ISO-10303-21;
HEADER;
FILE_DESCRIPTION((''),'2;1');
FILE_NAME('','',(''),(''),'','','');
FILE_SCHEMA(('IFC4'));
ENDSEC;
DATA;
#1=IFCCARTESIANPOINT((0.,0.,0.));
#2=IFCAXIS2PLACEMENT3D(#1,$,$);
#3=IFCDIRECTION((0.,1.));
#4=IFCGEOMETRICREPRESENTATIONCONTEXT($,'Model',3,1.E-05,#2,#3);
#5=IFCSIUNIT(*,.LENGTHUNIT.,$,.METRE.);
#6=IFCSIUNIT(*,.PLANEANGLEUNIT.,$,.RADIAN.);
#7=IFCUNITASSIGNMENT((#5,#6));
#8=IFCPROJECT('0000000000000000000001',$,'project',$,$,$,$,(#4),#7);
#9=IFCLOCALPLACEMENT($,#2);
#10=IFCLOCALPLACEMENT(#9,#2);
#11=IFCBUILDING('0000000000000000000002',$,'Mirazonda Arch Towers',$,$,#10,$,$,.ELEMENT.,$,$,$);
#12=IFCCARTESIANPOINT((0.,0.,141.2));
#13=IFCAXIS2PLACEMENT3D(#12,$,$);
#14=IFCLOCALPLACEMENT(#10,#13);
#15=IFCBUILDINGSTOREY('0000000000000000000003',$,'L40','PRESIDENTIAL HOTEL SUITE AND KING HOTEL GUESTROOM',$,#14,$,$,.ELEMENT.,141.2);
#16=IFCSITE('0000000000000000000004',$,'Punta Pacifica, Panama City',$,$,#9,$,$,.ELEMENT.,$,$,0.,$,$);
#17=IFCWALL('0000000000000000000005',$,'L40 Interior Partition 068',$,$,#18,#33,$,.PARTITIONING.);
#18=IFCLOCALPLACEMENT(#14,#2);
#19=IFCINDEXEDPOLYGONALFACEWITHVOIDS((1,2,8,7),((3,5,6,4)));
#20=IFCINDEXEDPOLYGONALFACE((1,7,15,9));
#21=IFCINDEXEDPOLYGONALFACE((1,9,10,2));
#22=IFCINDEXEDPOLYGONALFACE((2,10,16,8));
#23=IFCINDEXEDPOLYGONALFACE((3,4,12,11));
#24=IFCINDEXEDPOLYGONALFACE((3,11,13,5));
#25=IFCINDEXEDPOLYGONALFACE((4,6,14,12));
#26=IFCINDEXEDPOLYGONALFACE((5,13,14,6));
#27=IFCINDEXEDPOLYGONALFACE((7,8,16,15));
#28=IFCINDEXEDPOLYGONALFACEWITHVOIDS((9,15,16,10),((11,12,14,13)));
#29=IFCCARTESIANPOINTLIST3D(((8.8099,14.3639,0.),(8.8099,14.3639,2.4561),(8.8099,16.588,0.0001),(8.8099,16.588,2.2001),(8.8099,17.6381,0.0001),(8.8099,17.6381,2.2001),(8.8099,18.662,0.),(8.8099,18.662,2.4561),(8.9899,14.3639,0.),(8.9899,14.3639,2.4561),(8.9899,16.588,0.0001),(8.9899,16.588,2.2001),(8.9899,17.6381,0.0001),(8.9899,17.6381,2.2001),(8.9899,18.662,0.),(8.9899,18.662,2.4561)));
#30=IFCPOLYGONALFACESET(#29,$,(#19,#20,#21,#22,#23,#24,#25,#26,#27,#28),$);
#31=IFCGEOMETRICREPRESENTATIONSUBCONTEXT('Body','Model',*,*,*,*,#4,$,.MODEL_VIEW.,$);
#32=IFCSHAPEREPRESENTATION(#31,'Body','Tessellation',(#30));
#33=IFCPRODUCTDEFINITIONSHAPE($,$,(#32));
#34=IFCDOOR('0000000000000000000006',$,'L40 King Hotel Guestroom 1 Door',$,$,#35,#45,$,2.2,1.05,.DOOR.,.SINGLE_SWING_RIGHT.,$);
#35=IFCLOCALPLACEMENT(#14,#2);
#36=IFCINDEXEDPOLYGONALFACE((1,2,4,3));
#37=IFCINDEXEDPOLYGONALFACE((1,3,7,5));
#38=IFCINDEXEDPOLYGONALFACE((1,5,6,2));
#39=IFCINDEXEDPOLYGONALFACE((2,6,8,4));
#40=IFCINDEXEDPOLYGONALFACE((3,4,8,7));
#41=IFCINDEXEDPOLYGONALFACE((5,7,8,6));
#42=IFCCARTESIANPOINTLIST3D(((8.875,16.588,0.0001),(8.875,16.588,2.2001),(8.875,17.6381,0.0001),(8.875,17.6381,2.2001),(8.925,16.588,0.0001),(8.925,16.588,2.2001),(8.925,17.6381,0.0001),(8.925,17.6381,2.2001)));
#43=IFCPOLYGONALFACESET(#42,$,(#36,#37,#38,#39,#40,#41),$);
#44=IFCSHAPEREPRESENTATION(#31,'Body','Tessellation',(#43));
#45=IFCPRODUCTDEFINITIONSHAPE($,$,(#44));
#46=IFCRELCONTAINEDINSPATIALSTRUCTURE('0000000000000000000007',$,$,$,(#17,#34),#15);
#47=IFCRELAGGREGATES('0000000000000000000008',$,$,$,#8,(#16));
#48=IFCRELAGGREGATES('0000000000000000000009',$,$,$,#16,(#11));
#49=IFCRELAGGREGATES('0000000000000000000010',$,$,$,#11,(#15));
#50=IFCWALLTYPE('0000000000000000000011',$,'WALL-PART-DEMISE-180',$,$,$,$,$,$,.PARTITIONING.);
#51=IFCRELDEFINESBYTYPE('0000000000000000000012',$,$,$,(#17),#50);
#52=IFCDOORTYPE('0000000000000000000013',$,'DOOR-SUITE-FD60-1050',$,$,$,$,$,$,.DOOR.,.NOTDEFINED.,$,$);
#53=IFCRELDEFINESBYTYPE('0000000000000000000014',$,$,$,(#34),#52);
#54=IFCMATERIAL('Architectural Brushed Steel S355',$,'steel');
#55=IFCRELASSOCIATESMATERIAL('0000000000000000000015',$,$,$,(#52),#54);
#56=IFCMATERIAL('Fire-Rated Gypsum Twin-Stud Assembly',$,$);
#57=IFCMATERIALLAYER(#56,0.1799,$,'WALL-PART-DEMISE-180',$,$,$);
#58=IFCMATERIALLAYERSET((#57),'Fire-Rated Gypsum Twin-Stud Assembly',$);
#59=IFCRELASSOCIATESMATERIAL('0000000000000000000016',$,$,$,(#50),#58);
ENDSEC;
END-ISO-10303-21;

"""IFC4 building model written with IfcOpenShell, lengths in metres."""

from ifc_helpers import new_model, si_unit, direction, frame, frame_2d, origin, place, context, subcontext, project, spatial, rectangle, extrude, material, layer, layer_set, type_object, element, fill, save


model = new_model("IFC4")

# Units and contexts
model_context = context("Model", 3, precision=1e-05, world=origin(), true_north=direction((0.0, 1.0)))
body_context = subcontext(model_context, "Body", "Model", "MODEL_VIEW")
ifc_project = project(units=[si_unit("LENGTHUNIT", "METRE"), si_unit("PLANEANGLEUNIT", "RADIAN")], contexts=[model_context])

# Site, building, storey
site_placement = place(None, origin())
site = spatial("IfcSite", under=ifc_project, at=site_placement, Name="Punta Pacifica, Panama City", CompositionType="ELEMENT", RefElevation=0.0)
building_placement = place(site_placement, origin())
building = spatial("IfcBuilding", under=site, at=building_placement, Name="Mirazonda Arch Towers", CompositionType="ELEMENT")
storey_placement = place(building_placement, frame((0.0, 0.0, 141.2)))
storey = spatial("IfcBuildingStorey", under=building, at=storey_placement, Name="L40", Description="PRESIDENTIAL HOTEL SUITE AND KING HOTEL GUESTROOM", CompositionType="ELEMENT", Elevation=141.2)

# Shared definitions
ifc_material_1 = material(Name="Architectural Brushed Steel S355", Category="steel")
door_type_1 = type_object("IfcDoorType", Name="DOOR-SUITE-FD60-1050", OperationType="NOTDEFINED", PredefinedType="DOOR", material=ifc_material_1)

# Shared definitions
ifc_material_2 = material(Name="Fire-Rated Gypsum Twin-Stud Assembly")
ifc_layer_1 = layer(ifc_material_2, 0.1799, Name="WALL-PART-DEMISE-180")
ifc_layer_set_1 = layer_set([ifc_layer_1], Name="Fire-Rated Gypsum Twin-Stud Assembly")
wall_type_1 = type_object("IfcWallType", Name="WALL-PART-DEMISE-180", PredefinedType="PARTITIONING", material=ifc_layer_set_1)

# Wall, opening, door
wall_1_placement = place(storey_placement, frame((8.8999, 14.364, 0.0), z_axis=(0.0, 0.0, 1.0), x_axis=(0.0, 1.0, 0.0)))
wall_1 = element("IfcWall", 1, at=wall_1_placement, inside=storey, type_object=wall_type_1, Name="L40 Interior Partition 068", PredefinedType="PARTITIONING", context=body_context, shape_type="SweptSolid", body=[
    extrude(rectangle(XDim=4.2981, YDim=0.1799, at=frame_2d((2.1489, 0.0))), origin(), (0.0, 0.0, 1.0), 2.4561),
])
opening_1_placement = place(wall_1_placement, frame((2.2241, 0.0, 0.0)))
opening_1 = element("IfcOpeningElement", 2, at=opening_1_placement, cuts=wall_1, PredefinedType="OPENING", context=body_context, shape_type="SweptSolid", body=[
    extrude(rectangle(XDim=1.05, YDim=2.2, at=frame_2d((0.5249, 1.1001))), frame((0.0, 0.0999, 0.0), z_axis=(0.0, -1.0, 0.0), x_axis=(1.0, 0.0, 0.0)), (0.0, 0.0, 1.0), 0.2),
])
door_1_placement = place(opening_1_placement, origin())
door_1 = element("IfcDoor", 3, at=door_1_placement, inside=storey, type_object=door_type_1, Name="L40 King Hotel Guestroom 1 Door", OperationType="SINGLE_SWING_RIGHT", OverallHeight=2.2, OverallWidth=1.05, PredefinedType="DOOR", context=body_context, shape_type="SweptSolid", body=[
    extrude(rectangle(XDim=1.05, YDim=2.2, at=frame_2d((0.5249, 1.1001))), frame((0.0, 0.0249, 0.0), z_axis=(0.0, -1.0, 0.0), x_axis=(1.0, 0.0, 0.0)), (0.0, 0.0, 1.0), 0.05),
])
fill(opening_1, door_1)

save(model, "model.ifc")
